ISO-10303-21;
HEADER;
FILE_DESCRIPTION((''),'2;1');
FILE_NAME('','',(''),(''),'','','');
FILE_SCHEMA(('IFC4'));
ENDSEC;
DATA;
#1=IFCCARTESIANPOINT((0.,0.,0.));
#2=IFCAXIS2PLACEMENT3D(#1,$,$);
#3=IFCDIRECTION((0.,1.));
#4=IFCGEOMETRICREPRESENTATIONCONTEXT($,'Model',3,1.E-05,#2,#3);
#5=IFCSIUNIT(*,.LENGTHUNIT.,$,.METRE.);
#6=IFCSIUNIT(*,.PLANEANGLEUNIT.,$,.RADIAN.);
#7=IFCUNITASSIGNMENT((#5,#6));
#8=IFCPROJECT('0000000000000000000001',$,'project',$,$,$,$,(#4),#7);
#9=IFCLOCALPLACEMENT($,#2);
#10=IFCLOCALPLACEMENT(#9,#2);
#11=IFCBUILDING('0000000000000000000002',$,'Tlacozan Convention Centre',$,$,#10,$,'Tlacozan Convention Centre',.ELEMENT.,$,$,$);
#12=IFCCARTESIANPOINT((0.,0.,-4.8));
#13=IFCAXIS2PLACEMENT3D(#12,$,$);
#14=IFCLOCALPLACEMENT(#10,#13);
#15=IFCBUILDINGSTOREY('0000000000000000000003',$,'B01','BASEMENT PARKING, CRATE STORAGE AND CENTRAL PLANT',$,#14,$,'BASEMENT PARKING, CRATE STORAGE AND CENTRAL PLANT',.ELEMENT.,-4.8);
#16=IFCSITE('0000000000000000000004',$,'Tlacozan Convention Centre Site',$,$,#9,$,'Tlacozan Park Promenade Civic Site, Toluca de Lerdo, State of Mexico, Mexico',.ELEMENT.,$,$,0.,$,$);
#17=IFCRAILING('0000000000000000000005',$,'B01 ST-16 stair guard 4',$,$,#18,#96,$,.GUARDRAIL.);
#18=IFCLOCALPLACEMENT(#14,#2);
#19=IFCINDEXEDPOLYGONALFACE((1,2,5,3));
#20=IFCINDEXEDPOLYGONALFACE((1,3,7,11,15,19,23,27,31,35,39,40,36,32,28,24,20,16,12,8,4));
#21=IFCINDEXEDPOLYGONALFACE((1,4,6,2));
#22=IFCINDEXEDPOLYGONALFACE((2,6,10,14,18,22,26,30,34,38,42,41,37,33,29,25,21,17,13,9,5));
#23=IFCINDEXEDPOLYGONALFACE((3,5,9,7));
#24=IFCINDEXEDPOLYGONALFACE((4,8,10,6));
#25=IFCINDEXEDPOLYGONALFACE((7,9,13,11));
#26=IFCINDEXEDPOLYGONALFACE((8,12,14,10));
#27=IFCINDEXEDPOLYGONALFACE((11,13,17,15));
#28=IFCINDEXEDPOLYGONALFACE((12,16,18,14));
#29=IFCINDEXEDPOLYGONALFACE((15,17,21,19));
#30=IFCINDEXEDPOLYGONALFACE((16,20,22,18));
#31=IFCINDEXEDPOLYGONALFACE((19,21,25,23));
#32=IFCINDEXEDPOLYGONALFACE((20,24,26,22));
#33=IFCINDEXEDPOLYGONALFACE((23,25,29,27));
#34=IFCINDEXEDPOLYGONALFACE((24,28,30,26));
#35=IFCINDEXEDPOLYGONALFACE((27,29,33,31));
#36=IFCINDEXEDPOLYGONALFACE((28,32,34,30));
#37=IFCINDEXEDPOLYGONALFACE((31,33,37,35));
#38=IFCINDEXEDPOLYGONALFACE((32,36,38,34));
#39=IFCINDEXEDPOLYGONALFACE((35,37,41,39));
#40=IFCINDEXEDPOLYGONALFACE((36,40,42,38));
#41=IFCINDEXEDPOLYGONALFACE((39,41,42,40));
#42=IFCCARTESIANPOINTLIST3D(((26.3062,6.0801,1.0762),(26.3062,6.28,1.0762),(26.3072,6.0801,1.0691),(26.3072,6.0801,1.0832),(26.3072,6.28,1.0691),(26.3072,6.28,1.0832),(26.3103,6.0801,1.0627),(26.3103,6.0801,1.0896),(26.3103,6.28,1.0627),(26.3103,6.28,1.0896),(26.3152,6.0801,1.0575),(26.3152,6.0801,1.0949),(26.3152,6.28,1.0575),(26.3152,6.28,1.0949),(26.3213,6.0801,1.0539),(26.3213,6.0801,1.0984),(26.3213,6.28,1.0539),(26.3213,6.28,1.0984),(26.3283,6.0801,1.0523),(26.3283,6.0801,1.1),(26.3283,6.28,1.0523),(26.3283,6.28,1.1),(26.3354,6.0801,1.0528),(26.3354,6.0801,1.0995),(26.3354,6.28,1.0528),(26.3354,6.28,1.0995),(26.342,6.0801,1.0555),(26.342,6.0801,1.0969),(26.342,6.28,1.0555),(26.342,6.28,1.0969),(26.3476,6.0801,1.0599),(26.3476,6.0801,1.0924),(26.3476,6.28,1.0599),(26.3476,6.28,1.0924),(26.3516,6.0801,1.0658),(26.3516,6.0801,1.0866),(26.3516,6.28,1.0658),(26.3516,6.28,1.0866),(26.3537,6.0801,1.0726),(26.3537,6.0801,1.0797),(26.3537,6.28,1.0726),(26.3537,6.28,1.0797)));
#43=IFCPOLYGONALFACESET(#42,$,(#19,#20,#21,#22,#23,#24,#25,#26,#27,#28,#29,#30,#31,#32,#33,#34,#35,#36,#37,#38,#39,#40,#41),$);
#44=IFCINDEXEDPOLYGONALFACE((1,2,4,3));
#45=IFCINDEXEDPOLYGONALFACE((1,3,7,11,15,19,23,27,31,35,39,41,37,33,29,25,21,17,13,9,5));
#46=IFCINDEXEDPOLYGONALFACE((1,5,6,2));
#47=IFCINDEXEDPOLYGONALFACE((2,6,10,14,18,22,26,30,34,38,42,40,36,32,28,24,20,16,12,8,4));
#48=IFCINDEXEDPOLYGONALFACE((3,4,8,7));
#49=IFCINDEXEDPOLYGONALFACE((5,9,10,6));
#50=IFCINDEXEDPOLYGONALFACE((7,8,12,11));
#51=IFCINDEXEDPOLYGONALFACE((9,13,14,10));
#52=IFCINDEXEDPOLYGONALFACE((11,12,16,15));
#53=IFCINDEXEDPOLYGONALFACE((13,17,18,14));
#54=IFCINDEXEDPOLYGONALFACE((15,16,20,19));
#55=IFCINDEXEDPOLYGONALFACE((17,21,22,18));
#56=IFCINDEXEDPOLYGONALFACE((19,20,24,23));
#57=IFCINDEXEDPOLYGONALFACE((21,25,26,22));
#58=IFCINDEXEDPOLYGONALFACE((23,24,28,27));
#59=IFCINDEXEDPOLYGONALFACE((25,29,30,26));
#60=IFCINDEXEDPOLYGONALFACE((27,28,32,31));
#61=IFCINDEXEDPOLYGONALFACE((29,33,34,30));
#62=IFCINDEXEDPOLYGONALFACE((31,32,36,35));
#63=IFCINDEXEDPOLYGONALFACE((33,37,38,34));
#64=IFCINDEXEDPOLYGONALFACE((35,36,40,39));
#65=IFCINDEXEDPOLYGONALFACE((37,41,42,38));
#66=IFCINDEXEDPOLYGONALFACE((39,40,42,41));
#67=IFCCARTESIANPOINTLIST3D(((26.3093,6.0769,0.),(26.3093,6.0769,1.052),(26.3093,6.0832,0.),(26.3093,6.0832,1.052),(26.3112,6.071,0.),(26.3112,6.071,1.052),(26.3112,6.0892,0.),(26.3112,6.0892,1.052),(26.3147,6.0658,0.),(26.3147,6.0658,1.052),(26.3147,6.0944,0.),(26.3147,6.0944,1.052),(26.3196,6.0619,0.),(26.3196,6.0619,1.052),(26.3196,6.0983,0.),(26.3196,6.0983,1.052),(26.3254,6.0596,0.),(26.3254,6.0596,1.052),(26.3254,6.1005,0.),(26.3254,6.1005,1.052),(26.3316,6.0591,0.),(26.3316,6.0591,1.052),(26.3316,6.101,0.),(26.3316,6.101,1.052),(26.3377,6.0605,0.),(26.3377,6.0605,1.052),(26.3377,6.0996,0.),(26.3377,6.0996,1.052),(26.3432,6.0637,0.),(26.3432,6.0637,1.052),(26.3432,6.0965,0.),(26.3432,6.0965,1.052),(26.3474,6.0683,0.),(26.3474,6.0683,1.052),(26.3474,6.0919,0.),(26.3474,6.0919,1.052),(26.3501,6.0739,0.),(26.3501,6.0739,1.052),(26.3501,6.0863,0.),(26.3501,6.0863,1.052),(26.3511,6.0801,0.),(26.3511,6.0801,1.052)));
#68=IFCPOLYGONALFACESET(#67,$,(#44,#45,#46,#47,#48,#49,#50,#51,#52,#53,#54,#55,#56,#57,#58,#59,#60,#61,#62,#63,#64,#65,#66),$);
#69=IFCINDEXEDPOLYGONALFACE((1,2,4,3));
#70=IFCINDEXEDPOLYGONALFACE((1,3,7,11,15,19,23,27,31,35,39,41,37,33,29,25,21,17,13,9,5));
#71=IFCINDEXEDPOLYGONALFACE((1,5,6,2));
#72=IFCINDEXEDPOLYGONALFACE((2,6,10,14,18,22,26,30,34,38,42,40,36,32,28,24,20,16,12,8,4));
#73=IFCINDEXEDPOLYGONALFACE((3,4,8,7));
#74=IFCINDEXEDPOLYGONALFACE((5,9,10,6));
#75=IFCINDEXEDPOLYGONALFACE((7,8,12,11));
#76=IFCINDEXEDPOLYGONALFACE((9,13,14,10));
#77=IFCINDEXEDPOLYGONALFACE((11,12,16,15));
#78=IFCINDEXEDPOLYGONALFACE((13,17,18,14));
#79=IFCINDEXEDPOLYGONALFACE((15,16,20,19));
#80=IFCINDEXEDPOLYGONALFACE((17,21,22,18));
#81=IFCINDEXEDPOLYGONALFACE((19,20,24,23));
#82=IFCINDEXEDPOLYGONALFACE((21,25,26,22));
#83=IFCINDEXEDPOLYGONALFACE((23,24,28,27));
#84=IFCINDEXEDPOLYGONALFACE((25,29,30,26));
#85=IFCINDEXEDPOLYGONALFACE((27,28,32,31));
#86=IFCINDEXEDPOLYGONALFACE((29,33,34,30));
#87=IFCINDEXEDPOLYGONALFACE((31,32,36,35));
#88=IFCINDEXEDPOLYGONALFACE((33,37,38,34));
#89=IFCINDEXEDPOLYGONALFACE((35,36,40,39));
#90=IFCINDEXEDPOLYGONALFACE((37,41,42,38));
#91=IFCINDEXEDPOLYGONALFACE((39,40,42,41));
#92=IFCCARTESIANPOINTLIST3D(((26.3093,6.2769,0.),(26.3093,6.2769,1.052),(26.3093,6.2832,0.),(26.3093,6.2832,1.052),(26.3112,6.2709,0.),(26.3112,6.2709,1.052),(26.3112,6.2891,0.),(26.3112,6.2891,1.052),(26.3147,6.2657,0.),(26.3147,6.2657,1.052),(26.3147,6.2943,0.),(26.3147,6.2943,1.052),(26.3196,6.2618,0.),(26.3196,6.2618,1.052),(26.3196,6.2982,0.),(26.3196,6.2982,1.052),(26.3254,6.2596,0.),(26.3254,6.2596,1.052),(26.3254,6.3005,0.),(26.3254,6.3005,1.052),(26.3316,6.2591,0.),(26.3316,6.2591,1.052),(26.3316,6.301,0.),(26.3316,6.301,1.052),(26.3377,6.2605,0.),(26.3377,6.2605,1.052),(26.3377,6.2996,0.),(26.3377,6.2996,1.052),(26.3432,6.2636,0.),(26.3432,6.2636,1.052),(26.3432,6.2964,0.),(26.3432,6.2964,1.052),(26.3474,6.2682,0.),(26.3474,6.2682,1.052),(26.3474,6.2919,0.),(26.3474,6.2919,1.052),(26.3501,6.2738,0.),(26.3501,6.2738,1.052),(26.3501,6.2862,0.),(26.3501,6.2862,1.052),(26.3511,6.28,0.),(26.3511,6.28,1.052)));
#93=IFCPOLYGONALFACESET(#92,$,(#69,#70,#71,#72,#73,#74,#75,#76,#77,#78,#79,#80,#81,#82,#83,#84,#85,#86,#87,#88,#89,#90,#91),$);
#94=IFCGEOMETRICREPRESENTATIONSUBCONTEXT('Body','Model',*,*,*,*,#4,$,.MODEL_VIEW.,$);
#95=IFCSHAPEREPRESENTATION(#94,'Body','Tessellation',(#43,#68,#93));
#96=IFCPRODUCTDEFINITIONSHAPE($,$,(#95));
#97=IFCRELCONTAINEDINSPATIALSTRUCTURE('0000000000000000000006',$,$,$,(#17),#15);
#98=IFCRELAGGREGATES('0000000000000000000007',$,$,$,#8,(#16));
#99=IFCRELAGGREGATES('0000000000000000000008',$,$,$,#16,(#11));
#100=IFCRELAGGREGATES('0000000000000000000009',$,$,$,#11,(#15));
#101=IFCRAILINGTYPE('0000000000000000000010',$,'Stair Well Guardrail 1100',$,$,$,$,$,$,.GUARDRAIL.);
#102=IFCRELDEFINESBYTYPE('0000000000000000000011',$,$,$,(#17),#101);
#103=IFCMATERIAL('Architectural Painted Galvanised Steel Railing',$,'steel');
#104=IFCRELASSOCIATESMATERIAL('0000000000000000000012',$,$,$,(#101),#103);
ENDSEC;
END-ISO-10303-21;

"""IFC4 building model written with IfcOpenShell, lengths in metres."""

from ifc_helpers import new_model, si_unit, direction, frame, origin, origin_2d, place, context, subcontext, project, spatial, circle, extrude, material, type_object, element, save


model = new_model("IFC4")

# Units and contexts
model_context = context("Model", 3, precision=1e-05, world=origin(), true_north=direction((0.0, 1.0)))
body_context = subcontext(model_context, "Body", "Model", "MODEL_VIEW")
ifc_project = project(units=[si_unit("LENGTHUNIT", "METRE"), si_unit("PLANEANGLEUNIT", "RADIAN")], contexts=[model_context])

# Site, building, storey
site_placement = place(None, origin())
site = spatial("IfcSite", under=ifc_project, at=site_placement, Name="Tlacozan Convention Centre Site", LongName="Tlacozan Park Promenade Civic Site, Toluca de Lerdo, State of Mexico, Mexico", CompositionType="ELEMENT", RefElevation=0.0)
building_placement = place(site_placement, origin())
building = spatial("IfcBuilding", under=site, at=building_placement, Name="Tlacozan Convention Centre", LongName="Tlacozan Convention Centre", CompositionType="ELEMENT")
storey_placement = place(building_placement, frame((0.0, 0.0, -4.8)))
storey = spatial("IfcBuildingStorey", under=building, at=storey_placement, Name="B01", Description="BASEMENT PARKING, CRATE STORAGE AND CENTRAL PLANT", LongName="BASEMENT PARKING, CRATE STORAGE AND CENTRAL PLANT", CompositionType="ELEMENT", Elevation=-4.8)

# Railing
ifc_material_1 = material(Name="Architectural Painted Galvanised Steel Railing", Category="steel")
railing_type_1 = type_object("IfcRailingType", Name="Stair Well Guardrail 1100", PredefinedType="GUARDRAIL", material=ifc_material_1)
railing_1_placement = place(storey_placement, frame((26.3301, 6.0801, 0.0)))
element("IfcRailing", 1, at=railing_1_placement, inside=storey, type_object=railing_type_1, Name="B01 ST-16 stair guard 4", PredefinedType="GUARDRAIL", context=body_context, shape_type="SweptSolid", body=[
    extrude(circle(Radius=0.0239, at=origin_2d()), frame((0.0, 0.0, 1.0762), z_axis=(0.0, 1.0, 0.0), x_axis=(-1.0, 0.0, 0.0)), (0.0, 0.0, 1.0), 0.2),
    extrude(circle(Radius=0.021, at=origin_2d()), origin(), (0.0, 0.0, 1.0), 1.052),
    extrude(circle(Radius=0.021, at=origin_2d()), frame((0.0, 0.2, 0.0)), (0.0, 0.0, 1.0), 1.052),
])

save(model, "model.ifc")
